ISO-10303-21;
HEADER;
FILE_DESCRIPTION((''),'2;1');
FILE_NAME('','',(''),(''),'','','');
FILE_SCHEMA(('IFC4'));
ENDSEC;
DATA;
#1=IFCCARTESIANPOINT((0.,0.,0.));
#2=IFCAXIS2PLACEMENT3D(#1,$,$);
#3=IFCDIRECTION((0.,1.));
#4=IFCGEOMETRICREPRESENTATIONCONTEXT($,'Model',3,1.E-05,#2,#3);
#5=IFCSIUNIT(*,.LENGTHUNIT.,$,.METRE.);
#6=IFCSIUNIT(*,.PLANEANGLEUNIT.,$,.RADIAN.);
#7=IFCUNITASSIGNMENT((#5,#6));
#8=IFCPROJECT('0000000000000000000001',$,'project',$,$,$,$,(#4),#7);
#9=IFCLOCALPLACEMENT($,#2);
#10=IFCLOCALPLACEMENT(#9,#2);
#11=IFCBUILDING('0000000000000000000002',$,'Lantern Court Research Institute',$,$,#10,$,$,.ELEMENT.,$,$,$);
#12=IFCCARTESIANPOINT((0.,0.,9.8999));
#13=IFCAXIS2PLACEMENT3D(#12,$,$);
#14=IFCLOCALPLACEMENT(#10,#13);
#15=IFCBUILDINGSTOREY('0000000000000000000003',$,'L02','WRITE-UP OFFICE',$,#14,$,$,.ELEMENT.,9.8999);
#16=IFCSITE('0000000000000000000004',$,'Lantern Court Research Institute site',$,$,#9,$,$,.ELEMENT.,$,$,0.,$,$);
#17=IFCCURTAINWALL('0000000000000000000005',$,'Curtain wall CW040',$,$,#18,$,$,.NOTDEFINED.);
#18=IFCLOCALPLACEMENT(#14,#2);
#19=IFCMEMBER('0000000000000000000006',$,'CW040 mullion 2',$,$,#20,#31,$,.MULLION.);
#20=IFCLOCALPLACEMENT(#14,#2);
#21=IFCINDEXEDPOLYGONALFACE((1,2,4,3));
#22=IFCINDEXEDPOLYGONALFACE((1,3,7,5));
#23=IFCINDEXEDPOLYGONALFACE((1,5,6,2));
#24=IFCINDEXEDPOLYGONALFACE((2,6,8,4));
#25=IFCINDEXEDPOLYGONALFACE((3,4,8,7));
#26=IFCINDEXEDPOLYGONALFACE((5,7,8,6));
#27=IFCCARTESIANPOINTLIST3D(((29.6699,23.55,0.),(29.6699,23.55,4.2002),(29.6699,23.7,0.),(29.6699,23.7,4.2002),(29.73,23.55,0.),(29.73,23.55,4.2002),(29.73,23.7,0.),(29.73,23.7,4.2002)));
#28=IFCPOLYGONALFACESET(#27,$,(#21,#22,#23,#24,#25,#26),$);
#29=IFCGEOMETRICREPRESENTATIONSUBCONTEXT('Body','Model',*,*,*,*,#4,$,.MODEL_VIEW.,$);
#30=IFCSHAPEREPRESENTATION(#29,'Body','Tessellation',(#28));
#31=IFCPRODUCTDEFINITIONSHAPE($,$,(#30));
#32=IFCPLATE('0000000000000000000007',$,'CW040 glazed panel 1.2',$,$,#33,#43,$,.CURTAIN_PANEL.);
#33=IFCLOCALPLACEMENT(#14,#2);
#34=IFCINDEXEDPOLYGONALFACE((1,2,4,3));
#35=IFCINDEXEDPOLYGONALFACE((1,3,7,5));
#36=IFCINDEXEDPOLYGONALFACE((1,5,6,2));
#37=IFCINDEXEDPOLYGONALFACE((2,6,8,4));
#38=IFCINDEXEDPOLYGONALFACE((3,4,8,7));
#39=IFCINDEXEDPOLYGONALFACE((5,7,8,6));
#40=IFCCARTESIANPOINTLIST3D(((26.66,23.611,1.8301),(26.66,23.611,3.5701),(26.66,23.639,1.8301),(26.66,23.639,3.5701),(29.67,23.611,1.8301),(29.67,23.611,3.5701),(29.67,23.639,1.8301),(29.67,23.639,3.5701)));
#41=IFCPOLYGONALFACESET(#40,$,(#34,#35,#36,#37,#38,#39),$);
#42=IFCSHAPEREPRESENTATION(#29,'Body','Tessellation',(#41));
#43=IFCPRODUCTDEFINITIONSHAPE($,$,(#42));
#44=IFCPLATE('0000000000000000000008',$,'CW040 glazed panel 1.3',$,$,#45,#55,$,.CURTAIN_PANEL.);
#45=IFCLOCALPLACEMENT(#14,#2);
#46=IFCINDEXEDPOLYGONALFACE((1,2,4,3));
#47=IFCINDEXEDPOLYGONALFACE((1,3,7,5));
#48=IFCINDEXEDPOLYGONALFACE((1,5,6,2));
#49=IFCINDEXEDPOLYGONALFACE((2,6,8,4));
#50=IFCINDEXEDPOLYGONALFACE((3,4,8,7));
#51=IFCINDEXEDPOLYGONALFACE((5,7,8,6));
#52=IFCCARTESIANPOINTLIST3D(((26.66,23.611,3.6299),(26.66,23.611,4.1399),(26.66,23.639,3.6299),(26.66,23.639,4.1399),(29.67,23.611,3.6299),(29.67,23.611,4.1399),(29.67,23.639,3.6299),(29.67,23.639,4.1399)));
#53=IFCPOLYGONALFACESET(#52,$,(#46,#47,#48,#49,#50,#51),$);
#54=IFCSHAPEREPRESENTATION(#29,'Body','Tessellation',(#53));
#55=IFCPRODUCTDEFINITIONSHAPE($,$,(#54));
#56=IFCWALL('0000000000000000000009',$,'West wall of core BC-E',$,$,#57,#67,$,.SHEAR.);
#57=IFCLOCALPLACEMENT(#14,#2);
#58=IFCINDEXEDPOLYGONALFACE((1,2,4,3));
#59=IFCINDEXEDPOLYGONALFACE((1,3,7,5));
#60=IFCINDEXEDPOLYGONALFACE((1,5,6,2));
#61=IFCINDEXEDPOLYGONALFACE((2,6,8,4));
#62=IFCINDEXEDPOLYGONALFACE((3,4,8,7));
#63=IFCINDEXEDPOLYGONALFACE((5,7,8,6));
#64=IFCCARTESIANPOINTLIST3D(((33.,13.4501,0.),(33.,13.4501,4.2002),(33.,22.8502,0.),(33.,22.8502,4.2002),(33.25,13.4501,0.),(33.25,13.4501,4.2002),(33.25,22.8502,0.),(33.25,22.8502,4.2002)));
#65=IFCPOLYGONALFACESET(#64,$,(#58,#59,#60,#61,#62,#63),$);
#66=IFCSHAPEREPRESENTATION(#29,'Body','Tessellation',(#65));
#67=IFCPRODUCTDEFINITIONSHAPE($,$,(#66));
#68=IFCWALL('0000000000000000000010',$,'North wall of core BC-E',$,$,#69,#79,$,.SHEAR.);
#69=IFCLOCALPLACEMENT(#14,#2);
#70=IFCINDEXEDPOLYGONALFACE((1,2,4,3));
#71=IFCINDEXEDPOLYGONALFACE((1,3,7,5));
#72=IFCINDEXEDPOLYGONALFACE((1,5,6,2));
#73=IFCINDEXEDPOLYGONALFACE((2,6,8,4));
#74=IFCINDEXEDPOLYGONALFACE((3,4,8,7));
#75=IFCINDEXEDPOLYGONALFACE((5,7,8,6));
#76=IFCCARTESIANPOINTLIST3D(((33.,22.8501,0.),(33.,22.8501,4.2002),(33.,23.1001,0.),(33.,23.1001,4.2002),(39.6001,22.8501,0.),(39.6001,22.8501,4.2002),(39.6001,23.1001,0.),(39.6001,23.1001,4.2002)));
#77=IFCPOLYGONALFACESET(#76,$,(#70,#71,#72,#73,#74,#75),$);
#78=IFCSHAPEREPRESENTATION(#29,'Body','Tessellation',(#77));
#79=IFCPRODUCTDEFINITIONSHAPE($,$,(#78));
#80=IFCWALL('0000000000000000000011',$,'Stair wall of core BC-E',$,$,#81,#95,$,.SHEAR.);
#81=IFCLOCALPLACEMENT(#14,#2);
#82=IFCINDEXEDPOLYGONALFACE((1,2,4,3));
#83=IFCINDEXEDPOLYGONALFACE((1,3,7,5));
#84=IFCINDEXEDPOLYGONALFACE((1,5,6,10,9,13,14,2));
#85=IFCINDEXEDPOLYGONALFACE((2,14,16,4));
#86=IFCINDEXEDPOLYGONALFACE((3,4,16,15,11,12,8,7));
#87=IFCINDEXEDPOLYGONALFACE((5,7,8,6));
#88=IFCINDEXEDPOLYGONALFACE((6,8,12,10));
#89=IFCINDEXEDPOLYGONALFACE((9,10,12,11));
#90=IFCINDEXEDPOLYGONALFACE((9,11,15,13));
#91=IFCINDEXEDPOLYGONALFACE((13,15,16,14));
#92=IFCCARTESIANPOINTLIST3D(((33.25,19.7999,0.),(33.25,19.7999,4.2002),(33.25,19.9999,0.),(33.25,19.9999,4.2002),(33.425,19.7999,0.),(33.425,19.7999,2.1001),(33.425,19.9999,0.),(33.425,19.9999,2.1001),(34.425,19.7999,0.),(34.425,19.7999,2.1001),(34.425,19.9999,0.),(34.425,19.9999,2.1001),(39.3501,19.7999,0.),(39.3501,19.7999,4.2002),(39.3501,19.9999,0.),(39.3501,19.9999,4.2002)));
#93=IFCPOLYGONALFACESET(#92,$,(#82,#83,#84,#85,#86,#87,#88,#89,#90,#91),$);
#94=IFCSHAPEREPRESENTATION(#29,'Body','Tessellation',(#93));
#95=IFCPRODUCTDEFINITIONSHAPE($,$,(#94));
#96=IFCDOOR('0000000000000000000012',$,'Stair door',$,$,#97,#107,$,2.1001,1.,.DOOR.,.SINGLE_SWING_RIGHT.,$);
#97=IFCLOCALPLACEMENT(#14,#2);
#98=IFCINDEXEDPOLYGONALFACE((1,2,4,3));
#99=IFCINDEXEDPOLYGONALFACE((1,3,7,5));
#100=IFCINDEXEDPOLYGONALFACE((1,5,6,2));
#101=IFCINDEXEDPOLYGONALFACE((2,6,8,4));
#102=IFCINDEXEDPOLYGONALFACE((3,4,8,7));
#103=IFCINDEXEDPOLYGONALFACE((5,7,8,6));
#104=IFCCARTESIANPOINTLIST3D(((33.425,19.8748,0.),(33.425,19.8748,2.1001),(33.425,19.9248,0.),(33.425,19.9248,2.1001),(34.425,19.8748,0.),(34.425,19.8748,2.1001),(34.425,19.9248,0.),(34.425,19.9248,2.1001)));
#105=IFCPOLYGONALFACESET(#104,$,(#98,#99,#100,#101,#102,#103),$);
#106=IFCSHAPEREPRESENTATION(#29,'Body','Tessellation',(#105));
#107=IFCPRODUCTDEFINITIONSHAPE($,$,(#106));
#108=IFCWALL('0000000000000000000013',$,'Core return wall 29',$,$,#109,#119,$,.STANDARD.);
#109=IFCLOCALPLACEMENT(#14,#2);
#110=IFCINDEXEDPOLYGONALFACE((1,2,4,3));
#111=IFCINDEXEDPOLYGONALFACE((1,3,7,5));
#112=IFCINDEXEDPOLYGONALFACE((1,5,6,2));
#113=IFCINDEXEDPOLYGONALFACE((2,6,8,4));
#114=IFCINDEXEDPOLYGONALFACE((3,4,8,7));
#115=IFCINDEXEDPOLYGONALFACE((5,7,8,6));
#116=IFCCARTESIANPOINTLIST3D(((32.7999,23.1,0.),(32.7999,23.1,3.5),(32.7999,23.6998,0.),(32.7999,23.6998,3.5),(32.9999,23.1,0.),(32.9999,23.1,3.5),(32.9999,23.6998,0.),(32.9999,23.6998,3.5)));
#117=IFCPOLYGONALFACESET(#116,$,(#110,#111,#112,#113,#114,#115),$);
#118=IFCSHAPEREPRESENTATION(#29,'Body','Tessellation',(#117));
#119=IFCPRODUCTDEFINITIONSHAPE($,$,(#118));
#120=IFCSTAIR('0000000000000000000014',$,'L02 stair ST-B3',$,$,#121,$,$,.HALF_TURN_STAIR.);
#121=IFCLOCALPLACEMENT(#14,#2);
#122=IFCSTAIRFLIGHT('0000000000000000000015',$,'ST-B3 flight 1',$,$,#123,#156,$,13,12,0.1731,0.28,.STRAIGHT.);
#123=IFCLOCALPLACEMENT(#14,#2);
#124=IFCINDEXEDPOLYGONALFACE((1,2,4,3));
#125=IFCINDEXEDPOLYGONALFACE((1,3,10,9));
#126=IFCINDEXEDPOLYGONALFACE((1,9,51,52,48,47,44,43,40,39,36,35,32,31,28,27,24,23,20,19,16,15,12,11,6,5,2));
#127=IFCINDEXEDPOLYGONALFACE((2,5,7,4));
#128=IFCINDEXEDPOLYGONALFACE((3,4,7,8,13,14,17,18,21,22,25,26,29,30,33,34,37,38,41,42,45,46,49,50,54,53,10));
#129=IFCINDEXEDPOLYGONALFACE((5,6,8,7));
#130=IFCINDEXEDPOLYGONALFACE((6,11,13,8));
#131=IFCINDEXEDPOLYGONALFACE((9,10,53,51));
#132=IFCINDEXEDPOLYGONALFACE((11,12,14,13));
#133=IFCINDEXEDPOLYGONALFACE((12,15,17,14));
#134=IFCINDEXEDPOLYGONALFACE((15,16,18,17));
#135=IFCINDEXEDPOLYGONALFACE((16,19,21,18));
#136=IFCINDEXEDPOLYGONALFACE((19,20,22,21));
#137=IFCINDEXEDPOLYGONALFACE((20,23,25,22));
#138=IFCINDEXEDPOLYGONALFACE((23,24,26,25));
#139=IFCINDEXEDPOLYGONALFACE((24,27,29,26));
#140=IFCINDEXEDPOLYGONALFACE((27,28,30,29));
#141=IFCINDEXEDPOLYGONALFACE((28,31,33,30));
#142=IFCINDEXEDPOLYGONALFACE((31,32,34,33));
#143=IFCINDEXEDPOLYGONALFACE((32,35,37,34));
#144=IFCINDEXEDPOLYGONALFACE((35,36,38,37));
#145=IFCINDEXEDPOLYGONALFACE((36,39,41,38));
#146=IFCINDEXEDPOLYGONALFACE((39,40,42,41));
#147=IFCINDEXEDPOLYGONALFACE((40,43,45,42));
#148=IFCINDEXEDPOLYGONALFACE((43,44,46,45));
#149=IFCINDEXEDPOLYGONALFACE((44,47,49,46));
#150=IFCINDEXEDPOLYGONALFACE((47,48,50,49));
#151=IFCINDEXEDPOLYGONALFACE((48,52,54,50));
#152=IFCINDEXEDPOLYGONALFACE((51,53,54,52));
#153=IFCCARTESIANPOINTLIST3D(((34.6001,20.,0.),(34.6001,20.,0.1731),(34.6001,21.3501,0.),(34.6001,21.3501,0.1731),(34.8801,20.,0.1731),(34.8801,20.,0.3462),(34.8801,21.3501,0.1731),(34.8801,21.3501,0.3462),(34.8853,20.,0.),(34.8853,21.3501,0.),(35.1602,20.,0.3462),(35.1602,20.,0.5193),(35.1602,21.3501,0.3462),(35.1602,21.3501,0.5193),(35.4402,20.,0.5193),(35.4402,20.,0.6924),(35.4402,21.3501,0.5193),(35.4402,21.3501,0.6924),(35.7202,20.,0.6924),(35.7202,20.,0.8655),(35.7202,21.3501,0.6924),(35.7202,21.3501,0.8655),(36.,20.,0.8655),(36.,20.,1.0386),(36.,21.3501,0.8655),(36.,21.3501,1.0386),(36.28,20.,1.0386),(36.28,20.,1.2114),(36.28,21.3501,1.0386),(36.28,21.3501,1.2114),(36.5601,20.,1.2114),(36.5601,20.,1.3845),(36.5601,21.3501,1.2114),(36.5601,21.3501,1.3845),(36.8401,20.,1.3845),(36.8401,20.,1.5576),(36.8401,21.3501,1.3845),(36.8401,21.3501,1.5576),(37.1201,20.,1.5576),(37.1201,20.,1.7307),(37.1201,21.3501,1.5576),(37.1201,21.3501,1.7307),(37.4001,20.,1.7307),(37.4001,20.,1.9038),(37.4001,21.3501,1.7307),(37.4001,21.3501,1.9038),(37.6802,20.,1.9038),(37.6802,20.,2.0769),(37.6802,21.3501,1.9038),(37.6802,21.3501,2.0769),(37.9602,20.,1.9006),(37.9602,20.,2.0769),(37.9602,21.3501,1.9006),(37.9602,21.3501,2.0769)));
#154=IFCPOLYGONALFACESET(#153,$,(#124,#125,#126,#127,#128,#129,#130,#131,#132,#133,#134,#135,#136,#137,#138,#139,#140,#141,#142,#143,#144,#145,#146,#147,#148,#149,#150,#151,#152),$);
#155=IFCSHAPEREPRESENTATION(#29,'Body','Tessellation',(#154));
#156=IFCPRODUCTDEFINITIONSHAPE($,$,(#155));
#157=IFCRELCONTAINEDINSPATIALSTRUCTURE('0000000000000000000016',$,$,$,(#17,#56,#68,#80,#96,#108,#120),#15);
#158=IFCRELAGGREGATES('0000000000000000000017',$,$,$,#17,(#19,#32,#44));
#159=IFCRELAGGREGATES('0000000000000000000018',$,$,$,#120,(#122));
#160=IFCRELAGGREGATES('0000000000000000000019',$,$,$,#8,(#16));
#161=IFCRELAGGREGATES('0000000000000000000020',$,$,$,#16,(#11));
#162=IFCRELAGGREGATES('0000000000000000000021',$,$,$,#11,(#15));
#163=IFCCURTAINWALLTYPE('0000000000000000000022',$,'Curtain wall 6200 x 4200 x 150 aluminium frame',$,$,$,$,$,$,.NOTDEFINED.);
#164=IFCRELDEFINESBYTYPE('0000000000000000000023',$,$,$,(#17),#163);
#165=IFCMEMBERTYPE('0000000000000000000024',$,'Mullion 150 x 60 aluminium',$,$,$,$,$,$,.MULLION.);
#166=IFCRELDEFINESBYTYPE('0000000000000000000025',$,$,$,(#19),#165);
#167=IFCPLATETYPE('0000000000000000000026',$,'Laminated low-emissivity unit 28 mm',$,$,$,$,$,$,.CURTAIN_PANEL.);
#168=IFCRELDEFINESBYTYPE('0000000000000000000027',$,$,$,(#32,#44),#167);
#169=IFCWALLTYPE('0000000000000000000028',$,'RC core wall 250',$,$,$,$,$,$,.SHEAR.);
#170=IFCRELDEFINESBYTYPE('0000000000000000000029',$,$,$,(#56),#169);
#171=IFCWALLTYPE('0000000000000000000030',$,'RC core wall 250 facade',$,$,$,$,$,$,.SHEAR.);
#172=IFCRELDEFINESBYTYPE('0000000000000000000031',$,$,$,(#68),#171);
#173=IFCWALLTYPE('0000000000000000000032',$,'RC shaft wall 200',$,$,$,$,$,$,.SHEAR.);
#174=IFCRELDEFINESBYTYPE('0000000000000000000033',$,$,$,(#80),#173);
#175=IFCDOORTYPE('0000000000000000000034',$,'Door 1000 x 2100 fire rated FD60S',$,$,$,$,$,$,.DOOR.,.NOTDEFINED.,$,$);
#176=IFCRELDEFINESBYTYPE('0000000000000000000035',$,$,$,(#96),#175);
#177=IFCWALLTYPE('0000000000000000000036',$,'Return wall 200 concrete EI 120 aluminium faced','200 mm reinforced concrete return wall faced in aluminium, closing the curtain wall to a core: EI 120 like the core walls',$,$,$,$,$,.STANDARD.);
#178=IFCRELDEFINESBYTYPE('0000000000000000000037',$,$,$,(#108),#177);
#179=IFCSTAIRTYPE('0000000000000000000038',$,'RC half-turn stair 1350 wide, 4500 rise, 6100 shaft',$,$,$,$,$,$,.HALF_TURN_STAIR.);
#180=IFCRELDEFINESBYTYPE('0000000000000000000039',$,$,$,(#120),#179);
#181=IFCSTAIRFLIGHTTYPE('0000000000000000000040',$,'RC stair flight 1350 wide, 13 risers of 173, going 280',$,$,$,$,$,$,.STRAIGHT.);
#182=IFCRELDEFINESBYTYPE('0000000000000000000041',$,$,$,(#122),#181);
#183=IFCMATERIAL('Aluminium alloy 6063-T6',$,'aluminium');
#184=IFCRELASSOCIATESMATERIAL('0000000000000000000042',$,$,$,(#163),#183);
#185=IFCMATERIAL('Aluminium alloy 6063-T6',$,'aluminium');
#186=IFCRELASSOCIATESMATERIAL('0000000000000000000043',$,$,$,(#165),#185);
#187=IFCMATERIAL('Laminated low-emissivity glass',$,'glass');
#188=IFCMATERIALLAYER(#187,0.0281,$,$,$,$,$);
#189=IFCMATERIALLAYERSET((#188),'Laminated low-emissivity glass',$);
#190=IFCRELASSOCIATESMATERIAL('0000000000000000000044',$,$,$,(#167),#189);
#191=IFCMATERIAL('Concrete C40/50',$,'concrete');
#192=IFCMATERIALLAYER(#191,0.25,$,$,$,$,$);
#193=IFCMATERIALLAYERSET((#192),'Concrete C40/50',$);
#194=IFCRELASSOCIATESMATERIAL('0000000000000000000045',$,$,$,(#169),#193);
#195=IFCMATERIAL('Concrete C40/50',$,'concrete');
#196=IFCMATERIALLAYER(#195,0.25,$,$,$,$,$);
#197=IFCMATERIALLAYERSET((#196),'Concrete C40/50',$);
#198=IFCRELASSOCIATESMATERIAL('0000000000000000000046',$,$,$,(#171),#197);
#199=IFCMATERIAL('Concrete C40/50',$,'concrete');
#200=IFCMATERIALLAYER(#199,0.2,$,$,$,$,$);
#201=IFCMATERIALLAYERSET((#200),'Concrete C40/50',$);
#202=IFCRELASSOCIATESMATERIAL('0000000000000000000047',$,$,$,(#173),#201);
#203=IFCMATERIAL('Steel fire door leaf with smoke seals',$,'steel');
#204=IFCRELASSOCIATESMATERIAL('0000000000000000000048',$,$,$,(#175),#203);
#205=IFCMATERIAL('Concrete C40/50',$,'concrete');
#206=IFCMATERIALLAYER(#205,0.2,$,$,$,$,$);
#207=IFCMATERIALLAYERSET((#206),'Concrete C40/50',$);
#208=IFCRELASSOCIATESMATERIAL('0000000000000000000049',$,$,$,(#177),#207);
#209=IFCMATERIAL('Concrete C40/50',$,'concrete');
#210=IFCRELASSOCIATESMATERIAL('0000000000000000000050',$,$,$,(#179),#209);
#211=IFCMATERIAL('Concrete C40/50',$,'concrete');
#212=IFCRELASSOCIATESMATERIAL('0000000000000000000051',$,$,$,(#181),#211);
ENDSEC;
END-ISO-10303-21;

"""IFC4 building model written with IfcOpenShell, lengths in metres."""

from ifc_helpers import new_model, si_unit, direction, frame, frame_2d, origin, origin_2d, place, context, subcontext, project, spatial, polyline, rectangle, outline, extrude, material, layer, layer_set, material_profile, profile_set, type_object, element, fill, aggregate, save


model = new_model("IFC4")

# Units and contexts
model_context = context("Model", 3, precision=1e-05, world=origin(), true_north=direction((0.0, 1.0)))
body_context = subcontext(model_context, "Body", "Model", "MODEL_VIEW")
ifc_project = project(units=[si_unit("LENGTHUNIT", "METRE"), si_unit("PLANEANGLEUNIT", "RADIAN")], contexts=[model_context])

# Site, building, storey
site_placement = place(None, origin())
site = spatial("IfcSite", under=ifc_project, at=site_placement, Name="Lantern Court Research Institute site", CompositionType="ELEMENT", RefElevation=0.0)
building_placement = place(site_placement, origin())
building = spatial("IfcBuilding", under=site, at=building_placement, Name="Lantern Court Research Institute", CompositionType="ELEMENT")
storey_placement = place(building_placement, frame((0.0, 0.0, 9.8999)))
storey = spatial("IfcBuildingStorey", under=building, at=storey_placement, Name="L02", Description="WRITE-UP OFFICE", CompositionType="ELEMENT", Elevation=9.8999)

# Curtain wall, member, plates
ifc_material_1 = material(Name="Aluminium alloy 6063-T6", Category="aluminium")
curtain_wall_type = type_object("IfcCurtainWallType", Name="Curtain wall 6200 x 4200 x 150 aluminium frame", PredefinedType="NOTDEFINED", material=ifc_material_1)
curtain_wall_placement = place(storey_placement, origin())
curtain_wall = element("IfcCurtainWall", 1, at=curtain_wall_placement, inside=storey, type_object=curtain_wall_type, Name="Curtain wall CW040", PredefinedType="NOTDEFINED")
ifc_material_2 = material(Name="Aluminium alloy 6063-T6", Category="aluminium")
ifc_material_profile = material_profile(ifc_material_2, rectangle(XDim=0.1499, YDim=0.0601, at=origin_2d()), Name="Mullion 150 x 60")
ifc_profile_set = profile_set([ifc_material_profile], Name="Aluminium alloy 6063-T6")
member_type = type_object("IfcMemberType", Name="Mullion 150 x 60 aluminium", PredefinedType="MULLION", material=ifc_profile_set)
member_placement = place(storey_placement, frame((29.7, 23.625, 0.0), z_axis=(0.0, 0.0, 1.0), x_axis=(0.0, 1.0, 0.0)))
member = element("IfcMember", 2, at=member_placement, type_object=member_type, Name="CW040 mullion 2", PredefinedType="MULLION", context=body_context, shape_type="SweptSolid", body=[
    extrude(rectangle(XDim=0.1499, YDim=0.0601, at=origin_2d()), origin(), (0.0, 0.0, 1.0), 4.2002),
])
ifc_material_3 = material(Name="Laminated low-emissivity glass", Category="glass")
ifc_layer_1 = layer(ifc_material_3, 0.0281)
ifc_layer_set_1 = layer_set([ifc_layer_1], Name="Laminated low-emissivity glass")
plate_type = type_object("IfcPlateType", Name="Laminated low-emissivity unit 28 mm", PredefinedType="CURTAIN_PANEL", material=ifc_layer_set_1)
plate_1_placement = place(storey_placement, frame((28.165, 23.625, 1.8301), z_axis=(0.0, 0.0, 1.0), x_axis=(1.0, 0.0, 0.0)))
plate_1 = element("IfcPlate", 3, at=plate_1_placement, type_object=plate_type, Name="CW040 glazed panel 1.2", PredefinedType="CURTAIN_PANEL", context=body_context, shape_type="SweptSolid", body=[
    extrude(rectangle(XDim=3.01, YDim=0.0281, at=origin_2d()), origin(), (0.0, 0.0, 1.0), 1.74),
])
plate_2_placement = place(storey_placement, frame((28.165, 23.625, 3.6299), z_axis=(0.0, 0.0, 1.0), x_axis=(1.0, 0.0, 0.0)))
plate_2 = element("IfcPlate", 4, at=plate_2_placement, type_object=plate_type, Name="CW040 glazed panel 1.3", PredefinedType="CURTAIN_PANEL", context=body_context, shape_type="SweptSolid", body=[
    extrude(rectangle(XDim=3.01, YDim=0.0281, at=origin_2d()), origin(), (0.0, 0.0, 1.0), 0.51),
])
aggregate(curtain_wall, [member, plate_1, plate_2])

# Walls
ifc_material_4 = material(Name="Concrete C40/50", Category="concrete")
ifc_layer_2 = layer(ifc_material_4, 0.25)
ifc_layer_set_2 = layer_set([ifc_layer_2], Name="Concrete C40/50")
wall_type_1 = type_object("IfcWallType", Name="RC core wall 250", PredefinedType="SHEAR", material=ifc_layer_set_2)
wall_1_placement = place(storey_placement, frame((33.125, 13.45, 0.0), z_axis=(0.0, 0.0, 1.0), x_axis=(0.0, 1.0, 0.0)))
element("IfcWall", 5, at=wall_1_placement, inside=storey, type_object=wall_type_1, Name="West wall of core BC-E", PredefinedType="SHEAR", context=body_context, shape_type="SweptSolid", body=[
    extrude(rectangle(XDim=9.4001, YDim=0.25, at=frame_2d((4.7002, 0.0))), origin(), (0.0, 0.0, 1.0), 4.2002),
])
ifc_material_5 = material(Name="Concrete C40/50", Category="concrete")
ifc_layer_3 = layer(ifc_material_5, 0.25)
ifc_layer_set_3 = layer_set([ifc_layer_3], Name="Concrete C40/50")
wall_type_2 = type_object("IfcWallType", Name="RC core wall 250 facade", PredefinedType="SHEAR", material=ifc_layer_set_3)
wall_2_placement = place(storey_placement, frame((33.0, 22.9751, 0.0), z_axis=(0.0, 0.0, 1.0), x_axis=(1.0, 0.0, 0.0)))
element("IfcWall", 6, at=wall_2_placement, inside=storey, type_object=wall_type_2, Name="North wall of core BC-E", PredefinedType="SHEAR", context=body_context, shape_type="SweptSolid", body=[
    extrude(rectangle(XDim=6.6001, YDim=0.25, at=frame_2d((3.3, 0.0))), origin(), (0.0, 0.0, 1.0), 4.2002),
])

# Wall, opening, door
ifc_material_6 = material(Name="Concrete C40/50", Category="concrete")
ifc_layer_4 = layer(ifc_material_6, 0.2)
ifc_layer_set_4 = layer_set([ifc_layer_4], Name="Concrete C40/50")
wall_type_3 = type_object("IfcWallType", Name="RC shaft wall 200", PredefinedType="SHEAR", material=ifc_layer_set_4)
wall_3_placement = place(storey_placement, frame((33.25, 19.8999, 0.0), z_axis=(0.0, 0.0, 1.0), x_axis=(1.0, 0.0, 0.0)))
wall_3 = element("IfcWall", 7, at=wall_3_placement, inside=storey, type_object=wall_type_3, Name="Stair wall of core BC-E", PredefinedType="SHEAR", context=body_context, shape_type="SweptSolid", body=[
    extrude(rectangle(XDim=6.1001, YDim=0.2, at=frame_2d((3.05, 0.0))), origin(), (0.0, 0.0, 1.0), 4.2002),
])
opening_placement = place(wall_3_placement, frame((0.175, 0.0, 0.0)))
opening = element("IfcOpeningElement", 8, at=opening_placement, cuts=wall_3, PredefinedType="OPENING", context=body_context, shape_type="SweptSolid", body=[
    extrude(rectangle(XDim=1.0, YDim=2.1001, at=frame_2d((0.5, 1.05))), frame((0.0, 0.1099, 0.0), z_axis=(0.0, -1.0, 0.0), x_axis=(1.0, 0.0, 0.0)), (0.0, 0.0, 1.0), 0.22),
])
ifc_material_7 = material(Name="Steel fire door leaf with smoke seals", Category="steel")
door_type = type_object("IfcDoorType", Name="Door 1000 x 2100 fire rated FD60S", OperationType="NOTDEFINED", PredefinedType="DOOR", material=ifc_material_7)
door_placement = place(opening_placement, origin())
door = element("IfcDoor", 9, at=door_placement, inside=storey, type_object=door_type, Name="Stair door", OperationType="SINGLE_SWING_RIGHT", OverallHeight=2.1001, OverallWidth=1.0, PredefinedType="DOOR", context=body_context, shape_type="SweptSolid", body=[
    extrude(rectangle(XDim=1.0, YDim=2.1001, at=frame_2d((0.5, 1.05))), frame((0.0, 0.0249, 0.0), z_axis=(0.0, -1.0, 0.0), x_axis=(1.0, 0.0, 0.0)), (0.0, 0.0, 1.0), 0.05),
])
fill(opening, door)

# Wall
ifc_material_8 = material(Name="Concrete C40/50", Category="concrete")
ifc_layer_5 = layer(ifc_material_8, 0.2)
ifc_layer_set_5 = layer_set([ifc_layer_5], Name="Concrete C40/50")
wall_type_4 = type_object("IfcWallType", Name="Return wall 200 concrete EI 120 aluminium faced", Description="200 mm reinforced concrete return wall faced in aluminium, closing the curtain wall to a core: EI 120 like the core walls", PredefinedType="STANDARD", material=ifc_layer_set_5)
wall_4_placement = place(storey_placement, frame((32.8999, 23.1001, 0.0), z_axis=(0.0, 0.0, 1.0), x_axis=(0.0, 1.0, 0.0)))
element("IfcWall", 10, at=wall_4_placement, inside=storey, type_object=wall_type_4, Name="Core return wall 29", PredefinedType="STANDARD", context=body_context, shape_type="SweptSolid", body=[
    extrude(rectangle(XDim=0.5999, YDim=0.2, at=frame_2d((0.2998, 0.0))), origin(), (0.0, 0.0, 1.0), 3.5),
])

# Stair, stair flight
ifc_material_9 = material(Name="Concrete C40/50", Category="concrete")
stair_type = type_object("IfcStairType", Name="RC half-turn stair 1350 wide, 4500 rise, 6100 shaft", PredefinedType="HALF_TURN_STAIR", material=ifc_material_9)
stair_placement = place(storey_placement, origin())
stair = element("IfcStair", 11, at=stair_placement, inside=storey, type_object=stair_type, Name="L02 stair ST-B3", PredefinedType="HALF_TURN_STAIR")
ifc_material_10 = material(Name="Concrete C40/50", Category="concrete")
stair_flight_type = type_object("IfcStairFlightType", Name="RC stair flight 1350 wide, 13 risers of 173, going 280", PredefinedType="STRAIGHT", material=ifc_material_10)
stair_flight_placement = place(storey_placement, frame((34.6001, 20.675, 0.0), z_axis=(0.0, 0.0, 1.0), x_axis=(1.0, 0.0, 0.0)))
stair_flight = element("IfcStairFlight", 12, at=stair_flight_placement, type_object=stair_flight_type, Name="ST-B3 flight 1", NumberOfRisers=13, NumberOfTreads=12, PredefinedType="STRAIGHT", RiserHeight=0.1731, TreadLength=0.28, context=body_context, shape_type="SweptSolid", body=[
    extrude(outline(polyline([(0.0, 0.0), (0.0, 0.1731), (0.28, 0.1731), (0.28, 0.3462), (0.5601, 0.3462), (0.5601, 0.5193), (0.8401, 0.5193), (0.8401, 0.6924), (1.1201, 0.6924), (1.1201, 0.8655), (1.3999, 0.8655), (1.3999, 1.0386), (1.6799, 1.0386), (1.6799, 1.2114), (1.96, 1.2114), (1.96, 1.3845), (2.24, 1.3845), (2.24, 1.5576), (2.52, 1.5576), (2.52, 1.7307), (2.8, 1.7307), (2.8, 1.9038), (3.0801, 1.9038), (3.0801, 2.0769), (3.3601, 2.0769), (3.3601, 2.25), (3.3601, 1.9006), (0.2852, 0.0), (0.0, 0.0)])), frame((0.0, 0.675, 0.0), z_axis=(0.0, -1.0, 0.0), x_axis=(1.0, 0.0, 0.0)), (0.0, 0.0, 1.0), 1.3501),
])
aggregate(stair, [stair_flight])

save(model, "model.ifc")
